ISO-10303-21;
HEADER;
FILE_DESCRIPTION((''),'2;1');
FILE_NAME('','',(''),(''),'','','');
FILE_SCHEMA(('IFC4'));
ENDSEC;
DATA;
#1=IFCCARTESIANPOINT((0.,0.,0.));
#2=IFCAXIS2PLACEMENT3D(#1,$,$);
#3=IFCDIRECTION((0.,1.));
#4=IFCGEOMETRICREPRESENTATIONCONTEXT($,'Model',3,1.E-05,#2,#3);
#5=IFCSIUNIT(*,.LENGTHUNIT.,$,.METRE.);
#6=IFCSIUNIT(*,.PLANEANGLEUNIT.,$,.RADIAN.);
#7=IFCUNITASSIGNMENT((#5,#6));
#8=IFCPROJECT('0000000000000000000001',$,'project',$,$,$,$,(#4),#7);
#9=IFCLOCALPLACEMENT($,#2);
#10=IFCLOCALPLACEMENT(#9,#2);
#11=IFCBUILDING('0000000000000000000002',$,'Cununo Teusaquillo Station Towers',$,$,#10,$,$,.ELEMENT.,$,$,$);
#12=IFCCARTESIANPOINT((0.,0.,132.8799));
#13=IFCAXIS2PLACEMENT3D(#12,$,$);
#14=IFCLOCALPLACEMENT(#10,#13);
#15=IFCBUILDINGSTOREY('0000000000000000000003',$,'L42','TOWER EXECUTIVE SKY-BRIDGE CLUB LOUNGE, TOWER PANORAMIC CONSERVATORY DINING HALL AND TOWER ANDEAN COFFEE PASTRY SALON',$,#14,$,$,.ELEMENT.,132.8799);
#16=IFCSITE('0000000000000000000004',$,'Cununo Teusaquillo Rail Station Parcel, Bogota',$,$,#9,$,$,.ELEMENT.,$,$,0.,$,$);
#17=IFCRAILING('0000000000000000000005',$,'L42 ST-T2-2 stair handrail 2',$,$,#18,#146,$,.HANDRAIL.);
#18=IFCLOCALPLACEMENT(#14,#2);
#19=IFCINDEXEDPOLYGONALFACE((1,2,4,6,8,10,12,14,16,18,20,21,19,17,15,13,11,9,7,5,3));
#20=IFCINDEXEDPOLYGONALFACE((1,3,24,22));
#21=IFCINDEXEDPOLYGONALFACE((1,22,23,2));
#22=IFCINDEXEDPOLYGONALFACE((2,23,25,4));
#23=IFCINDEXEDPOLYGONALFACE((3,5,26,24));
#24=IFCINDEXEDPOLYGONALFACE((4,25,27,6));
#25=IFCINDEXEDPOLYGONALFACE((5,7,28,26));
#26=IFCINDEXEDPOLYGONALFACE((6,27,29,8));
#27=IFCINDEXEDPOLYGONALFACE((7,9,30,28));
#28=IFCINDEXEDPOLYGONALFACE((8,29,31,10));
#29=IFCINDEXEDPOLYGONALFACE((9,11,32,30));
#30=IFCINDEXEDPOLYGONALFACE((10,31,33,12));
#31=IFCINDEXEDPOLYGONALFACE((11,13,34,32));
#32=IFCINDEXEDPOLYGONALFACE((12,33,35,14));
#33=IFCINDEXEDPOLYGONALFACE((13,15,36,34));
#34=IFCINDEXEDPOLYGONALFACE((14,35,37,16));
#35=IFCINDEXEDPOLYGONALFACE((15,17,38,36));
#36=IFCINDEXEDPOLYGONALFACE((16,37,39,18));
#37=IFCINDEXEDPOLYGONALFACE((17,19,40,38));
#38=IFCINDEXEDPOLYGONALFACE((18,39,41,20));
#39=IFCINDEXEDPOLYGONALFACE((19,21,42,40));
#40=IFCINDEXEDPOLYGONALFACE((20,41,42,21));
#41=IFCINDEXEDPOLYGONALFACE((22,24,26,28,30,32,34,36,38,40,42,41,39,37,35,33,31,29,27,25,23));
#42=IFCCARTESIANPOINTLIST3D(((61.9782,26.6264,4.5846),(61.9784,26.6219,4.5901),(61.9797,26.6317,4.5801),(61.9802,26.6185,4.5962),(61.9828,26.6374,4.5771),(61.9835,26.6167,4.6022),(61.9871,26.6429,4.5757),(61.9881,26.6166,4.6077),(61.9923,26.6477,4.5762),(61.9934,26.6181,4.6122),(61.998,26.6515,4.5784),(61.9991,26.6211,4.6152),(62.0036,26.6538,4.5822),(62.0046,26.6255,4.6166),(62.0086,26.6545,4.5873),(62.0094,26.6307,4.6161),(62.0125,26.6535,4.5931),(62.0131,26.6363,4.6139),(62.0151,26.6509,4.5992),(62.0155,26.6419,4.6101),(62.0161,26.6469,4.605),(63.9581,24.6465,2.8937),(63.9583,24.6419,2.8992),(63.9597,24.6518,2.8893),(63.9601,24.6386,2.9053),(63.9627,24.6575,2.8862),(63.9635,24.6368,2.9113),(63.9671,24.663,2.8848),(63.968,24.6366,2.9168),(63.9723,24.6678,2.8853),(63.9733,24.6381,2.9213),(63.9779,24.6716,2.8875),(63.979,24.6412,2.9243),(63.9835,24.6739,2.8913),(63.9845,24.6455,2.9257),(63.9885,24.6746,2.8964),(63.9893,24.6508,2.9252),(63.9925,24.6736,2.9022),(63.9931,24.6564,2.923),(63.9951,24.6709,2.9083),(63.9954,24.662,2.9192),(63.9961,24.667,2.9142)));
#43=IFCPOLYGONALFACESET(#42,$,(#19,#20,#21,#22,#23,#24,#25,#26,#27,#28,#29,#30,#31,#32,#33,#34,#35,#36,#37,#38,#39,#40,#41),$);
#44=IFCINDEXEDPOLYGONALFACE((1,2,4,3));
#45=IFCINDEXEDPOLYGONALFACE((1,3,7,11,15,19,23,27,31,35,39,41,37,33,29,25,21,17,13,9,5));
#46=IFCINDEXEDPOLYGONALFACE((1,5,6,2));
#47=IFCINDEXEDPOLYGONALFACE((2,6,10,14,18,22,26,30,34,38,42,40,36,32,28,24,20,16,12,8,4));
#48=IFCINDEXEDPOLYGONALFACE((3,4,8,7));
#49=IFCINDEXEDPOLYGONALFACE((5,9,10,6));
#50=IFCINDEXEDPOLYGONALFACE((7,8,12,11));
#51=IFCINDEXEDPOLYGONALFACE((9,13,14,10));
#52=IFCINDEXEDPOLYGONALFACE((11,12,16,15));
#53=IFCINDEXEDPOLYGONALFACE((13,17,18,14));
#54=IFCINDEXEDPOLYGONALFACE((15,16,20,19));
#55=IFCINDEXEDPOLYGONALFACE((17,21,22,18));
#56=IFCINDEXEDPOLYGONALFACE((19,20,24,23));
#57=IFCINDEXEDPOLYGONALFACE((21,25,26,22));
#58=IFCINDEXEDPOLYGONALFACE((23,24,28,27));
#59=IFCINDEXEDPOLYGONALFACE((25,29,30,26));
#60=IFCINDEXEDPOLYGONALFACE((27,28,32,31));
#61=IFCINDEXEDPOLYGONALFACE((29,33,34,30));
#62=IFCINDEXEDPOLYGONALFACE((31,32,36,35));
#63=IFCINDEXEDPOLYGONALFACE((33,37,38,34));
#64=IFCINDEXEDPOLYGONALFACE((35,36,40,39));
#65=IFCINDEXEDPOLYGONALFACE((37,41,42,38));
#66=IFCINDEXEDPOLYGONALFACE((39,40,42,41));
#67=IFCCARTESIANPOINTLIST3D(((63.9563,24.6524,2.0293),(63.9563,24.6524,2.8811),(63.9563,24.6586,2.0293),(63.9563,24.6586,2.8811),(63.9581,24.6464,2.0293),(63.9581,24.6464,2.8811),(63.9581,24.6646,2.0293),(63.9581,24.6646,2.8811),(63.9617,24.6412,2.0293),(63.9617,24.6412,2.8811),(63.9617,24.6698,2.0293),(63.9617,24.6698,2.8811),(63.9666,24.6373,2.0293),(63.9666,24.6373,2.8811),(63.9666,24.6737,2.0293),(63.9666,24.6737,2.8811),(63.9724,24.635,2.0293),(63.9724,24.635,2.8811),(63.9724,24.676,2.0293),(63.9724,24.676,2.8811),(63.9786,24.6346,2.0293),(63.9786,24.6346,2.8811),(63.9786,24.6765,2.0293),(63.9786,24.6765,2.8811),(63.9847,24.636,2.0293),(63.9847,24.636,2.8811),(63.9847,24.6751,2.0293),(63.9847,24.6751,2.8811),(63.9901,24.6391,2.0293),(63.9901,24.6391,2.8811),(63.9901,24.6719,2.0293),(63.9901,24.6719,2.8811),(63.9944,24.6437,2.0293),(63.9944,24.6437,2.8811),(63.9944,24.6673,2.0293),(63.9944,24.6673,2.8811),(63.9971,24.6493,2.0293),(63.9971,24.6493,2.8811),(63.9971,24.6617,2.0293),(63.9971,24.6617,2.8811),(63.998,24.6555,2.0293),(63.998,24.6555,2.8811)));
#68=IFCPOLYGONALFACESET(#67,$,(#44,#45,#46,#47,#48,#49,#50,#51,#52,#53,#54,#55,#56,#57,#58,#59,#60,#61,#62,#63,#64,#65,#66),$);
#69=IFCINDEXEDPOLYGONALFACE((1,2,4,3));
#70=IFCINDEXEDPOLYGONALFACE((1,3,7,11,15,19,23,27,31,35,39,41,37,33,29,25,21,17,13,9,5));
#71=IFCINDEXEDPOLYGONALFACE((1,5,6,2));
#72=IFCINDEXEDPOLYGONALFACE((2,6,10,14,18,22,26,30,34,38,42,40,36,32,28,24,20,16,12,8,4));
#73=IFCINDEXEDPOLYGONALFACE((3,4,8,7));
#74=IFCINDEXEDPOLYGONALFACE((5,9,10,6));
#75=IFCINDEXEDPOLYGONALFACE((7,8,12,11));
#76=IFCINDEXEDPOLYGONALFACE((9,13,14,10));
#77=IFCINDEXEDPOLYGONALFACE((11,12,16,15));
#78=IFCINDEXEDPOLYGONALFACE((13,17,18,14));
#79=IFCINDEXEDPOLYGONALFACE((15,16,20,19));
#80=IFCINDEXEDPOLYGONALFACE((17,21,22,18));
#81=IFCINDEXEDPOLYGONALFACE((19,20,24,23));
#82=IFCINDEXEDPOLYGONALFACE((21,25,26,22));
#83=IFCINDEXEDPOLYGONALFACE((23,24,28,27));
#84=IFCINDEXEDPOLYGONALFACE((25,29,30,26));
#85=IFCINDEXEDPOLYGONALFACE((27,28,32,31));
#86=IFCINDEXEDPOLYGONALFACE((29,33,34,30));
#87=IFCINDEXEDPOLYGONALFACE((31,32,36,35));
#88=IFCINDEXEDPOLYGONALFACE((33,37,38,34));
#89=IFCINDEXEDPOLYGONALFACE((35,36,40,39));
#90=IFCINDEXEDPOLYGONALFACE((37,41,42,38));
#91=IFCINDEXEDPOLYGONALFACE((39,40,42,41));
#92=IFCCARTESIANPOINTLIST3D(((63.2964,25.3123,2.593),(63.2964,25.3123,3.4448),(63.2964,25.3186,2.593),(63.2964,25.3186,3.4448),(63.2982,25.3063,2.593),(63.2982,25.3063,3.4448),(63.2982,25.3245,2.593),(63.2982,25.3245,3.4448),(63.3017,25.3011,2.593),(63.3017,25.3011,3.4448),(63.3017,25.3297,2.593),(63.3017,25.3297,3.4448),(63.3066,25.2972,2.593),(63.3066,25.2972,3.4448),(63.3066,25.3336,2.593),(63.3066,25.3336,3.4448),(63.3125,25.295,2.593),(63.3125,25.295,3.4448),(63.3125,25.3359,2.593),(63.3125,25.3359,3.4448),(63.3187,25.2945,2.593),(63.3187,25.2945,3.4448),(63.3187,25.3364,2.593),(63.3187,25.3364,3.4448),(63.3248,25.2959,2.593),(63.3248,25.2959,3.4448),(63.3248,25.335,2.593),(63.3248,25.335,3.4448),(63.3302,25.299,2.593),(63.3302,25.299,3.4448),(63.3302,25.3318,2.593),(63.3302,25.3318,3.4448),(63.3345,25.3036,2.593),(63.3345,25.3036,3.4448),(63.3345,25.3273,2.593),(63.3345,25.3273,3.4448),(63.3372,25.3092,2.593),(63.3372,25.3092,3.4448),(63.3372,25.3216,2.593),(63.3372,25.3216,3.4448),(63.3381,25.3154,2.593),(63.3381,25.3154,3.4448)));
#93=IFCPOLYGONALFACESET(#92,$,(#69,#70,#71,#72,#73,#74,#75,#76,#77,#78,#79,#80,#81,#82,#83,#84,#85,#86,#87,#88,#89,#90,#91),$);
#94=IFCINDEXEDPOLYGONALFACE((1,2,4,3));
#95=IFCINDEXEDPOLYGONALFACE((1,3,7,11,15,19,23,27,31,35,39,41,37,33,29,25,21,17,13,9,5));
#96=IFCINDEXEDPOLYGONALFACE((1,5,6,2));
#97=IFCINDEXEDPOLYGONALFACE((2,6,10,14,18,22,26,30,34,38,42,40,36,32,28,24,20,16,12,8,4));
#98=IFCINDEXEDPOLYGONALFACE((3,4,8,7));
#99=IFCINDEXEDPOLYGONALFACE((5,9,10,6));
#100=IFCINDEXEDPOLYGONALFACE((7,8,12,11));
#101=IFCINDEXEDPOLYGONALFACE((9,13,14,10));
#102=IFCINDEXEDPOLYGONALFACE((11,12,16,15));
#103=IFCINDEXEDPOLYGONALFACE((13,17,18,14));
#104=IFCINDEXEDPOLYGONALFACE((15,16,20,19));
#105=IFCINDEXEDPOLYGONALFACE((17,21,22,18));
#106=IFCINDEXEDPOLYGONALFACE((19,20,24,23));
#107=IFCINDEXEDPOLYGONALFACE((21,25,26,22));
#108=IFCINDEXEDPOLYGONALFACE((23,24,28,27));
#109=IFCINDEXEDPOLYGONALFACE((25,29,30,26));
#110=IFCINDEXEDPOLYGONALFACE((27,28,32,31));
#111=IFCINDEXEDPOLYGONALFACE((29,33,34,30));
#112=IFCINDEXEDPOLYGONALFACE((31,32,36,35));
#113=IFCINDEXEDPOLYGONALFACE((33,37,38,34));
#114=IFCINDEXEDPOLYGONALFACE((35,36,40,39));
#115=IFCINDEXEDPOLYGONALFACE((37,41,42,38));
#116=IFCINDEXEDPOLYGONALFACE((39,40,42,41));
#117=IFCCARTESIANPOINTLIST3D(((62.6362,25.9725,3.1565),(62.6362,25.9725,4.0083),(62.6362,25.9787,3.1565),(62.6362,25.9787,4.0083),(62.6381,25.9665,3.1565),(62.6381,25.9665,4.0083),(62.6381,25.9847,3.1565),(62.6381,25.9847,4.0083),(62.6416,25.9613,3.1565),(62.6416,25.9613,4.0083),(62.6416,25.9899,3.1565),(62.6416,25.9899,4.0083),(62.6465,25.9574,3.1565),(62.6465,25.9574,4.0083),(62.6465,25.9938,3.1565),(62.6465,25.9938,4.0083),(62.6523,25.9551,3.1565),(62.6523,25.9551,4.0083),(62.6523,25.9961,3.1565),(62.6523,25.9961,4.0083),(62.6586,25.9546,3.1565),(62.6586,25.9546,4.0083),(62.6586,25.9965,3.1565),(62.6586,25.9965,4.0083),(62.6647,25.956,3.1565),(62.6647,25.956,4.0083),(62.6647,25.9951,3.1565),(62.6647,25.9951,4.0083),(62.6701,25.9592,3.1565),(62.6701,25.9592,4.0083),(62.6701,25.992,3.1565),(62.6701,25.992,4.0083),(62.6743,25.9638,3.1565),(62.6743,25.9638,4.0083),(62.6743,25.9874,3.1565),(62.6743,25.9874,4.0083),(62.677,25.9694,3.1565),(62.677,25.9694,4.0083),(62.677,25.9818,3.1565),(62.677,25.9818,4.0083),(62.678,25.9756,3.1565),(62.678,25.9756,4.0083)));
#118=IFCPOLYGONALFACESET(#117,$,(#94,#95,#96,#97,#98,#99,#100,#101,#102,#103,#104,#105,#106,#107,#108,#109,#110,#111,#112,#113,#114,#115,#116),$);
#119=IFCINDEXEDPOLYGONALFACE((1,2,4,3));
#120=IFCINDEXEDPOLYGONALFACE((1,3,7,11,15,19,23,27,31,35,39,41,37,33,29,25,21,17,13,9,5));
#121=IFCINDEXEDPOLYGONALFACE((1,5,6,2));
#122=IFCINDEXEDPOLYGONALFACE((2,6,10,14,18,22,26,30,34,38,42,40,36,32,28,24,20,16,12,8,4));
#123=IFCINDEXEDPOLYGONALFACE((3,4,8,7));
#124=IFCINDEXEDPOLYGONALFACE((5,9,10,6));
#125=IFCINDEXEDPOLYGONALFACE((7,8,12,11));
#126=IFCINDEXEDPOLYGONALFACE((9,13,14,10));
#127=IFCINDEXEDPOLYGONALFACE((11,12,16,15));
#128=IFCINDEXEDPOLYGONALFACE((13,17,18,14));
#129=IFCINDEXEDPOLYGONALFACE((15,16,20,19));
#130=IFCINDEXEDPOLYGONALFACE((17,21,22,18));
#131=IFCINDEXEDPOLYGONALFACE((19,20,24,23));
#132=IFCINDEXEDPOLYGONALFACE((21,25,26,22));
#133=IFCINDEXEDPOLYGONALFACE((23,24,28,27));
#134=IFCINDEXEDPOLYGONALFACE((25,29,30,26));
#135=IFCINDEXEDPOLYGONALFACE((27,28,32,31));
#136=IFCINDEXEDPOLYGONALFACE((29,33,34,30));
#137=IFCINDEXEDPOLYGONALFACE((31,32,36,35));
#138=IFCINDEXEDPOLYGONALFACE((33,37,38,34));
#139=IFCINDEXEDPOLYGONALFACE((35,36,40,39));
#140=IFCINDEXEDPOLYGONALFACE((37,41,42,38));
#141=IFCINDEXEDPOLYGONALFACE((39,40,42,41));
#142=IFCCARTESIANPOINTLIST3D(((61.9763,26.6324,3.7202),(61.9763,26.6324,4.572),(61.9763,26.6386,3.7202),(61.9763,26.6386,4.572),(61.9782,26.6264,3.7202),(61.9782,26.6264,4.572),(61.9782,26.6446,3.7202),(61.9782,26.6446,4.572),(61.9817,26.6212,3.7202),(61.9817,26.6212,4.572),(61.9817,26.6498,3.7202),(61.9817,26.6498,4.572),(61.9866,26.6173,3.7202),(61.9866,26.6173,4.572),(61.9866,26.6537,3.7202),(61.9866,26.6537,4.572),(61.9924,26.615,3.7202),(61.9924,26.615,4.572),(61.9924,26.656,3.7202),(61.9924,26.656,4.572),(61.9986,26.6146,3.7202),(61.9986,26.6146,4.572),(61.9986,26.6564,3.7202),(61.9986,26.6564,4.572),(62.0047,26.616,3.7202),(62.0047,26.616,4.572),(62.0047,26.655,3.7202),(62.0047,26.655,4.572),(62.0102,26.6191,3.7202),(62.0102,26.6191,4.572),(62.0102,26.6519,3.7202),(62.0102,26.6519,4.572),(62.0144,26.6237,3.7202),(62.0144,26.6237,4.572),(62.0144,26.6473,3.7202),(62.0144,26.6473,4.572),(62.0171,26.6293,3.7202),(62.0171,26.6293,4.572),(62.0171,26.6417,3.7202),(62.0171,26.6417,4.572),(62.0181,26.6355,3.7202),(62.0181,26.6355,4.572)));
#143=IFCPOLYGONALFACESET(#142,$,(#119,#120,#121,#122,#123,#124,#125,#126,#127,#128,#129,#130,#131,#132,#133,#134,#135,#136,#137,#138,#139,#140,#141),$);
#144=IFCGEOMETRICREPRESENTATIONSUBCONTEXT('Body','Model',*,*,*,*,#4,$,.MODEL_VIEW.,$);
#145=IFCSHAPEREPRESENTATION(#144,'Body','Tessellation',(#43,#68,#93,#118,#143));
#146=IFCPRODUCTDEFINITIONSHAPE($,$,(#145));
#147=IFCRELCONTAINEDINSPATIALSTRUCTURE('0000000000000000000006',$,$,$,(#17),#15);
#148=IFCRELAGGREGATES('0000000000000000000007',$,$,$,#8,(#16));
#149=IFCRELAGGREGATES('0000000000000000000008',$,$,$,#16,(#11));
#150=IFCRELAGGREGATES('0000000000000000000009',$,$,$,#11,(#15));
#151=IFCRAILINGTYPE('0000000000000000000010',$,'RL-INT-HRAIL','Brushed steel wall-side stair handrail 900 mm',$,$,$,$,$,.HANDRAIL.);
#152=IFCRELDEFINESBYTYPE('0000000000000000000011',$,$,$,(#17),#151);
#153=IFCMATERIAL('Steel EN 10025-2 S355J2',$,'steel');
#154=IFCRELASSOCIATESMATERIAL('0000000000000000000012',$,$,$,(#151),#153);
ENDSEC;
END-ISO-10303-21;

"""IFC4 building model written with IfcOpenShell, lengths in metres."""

from ifc_helpers import new_model, si_unit, direction, frame, origin, origin_2d, place, context, subcontext, project, spatial, circle, extrude, material, type_object, element, save


model = new_model("IFC4")

# Units and contexts
model_context = context("Model", 3, precision=1e-05, world=origin(), true_north=direction((0.0, 1.0)))
body_context = subcontext(model_context, "Body", "Model", "MODEL_VIEW")
ifc_project = project(units=[si_unit("LENGTHUNIT", "METRE"), si_unit("PLANEANGLEUNIT", "RADIAN")], contexts=[model_context])

# Site, building, storey
site_placement = place(None, origin())
site = spatial("IfcSite", under=ifc_project, at=site_placement, Name="Cununo Teusaquillo Rail Station Parcel, Bogota", CompositionType="ELEMENT", RefElevation=0.0)
building_placement = place(site_placement, origin())
building = spatial("IfcBuilding", under=site, at=building_placement, Name="Cununo Teusaquillo Station Towers", CompositionType="ELEMENT")
storey_placement = place(building_placement, frame((0.0, 0.0, 132.8799)))
storey = spatial("IfcBuildingStorey", under=building, at=storey_placement, Name="L42", Description="TOWER EXECUTIVE SKY-BRIDGE CLUB LOUNGE, TOWER PANORAMIC CONSERVATORY DINING HALL AND TOWER ANDEAN COFFEE PASTRY SALON", CompositionType="ELEMENT", Elevation=132.8799)

# Railing
ifc_material_1 = material(Name="Steel EN 10025-2 S355J2", Category="steel")
railing_type_1 = type_object("IfcRailingType", Name="RL-INT-HRAIL", Description="Brushed steel wall-side stair handrail 900 mm", PredefinedType="HANDRAIL", material=ifc_material_1)
railing_1_placement = place(storey_placement, frame((63.9771, 24.6555, 2.0293)))
element("IfcRailing", 1, at=railing_1_placement, inside=storey, type_object=railing_type_1, Name="L42 ST-T2-2 stair handrail 2", PredefinedType="HANDRAIL", context=body_context, shape_type="SweptSolid", body=[
    extrude(circle(Radius=0.0239, at=origin_2d()), frame((0.0, 0.0, 0.876), z_axis=(-0.605302, 0.605302, 0.516932), x_axis=(-0.707107, -0.707107, 0.0)), (0.0, 0.0, 1.0), 3.271),
    extrude(circle(Radius=0.021, at=origin_2d()), origin(), (0.0, 0.0, 1.0), 0.8518),
    extrude(circle(Radius=0.021, at=origin_2d()), frame((-0.6599, 0.6599, 0.5637)), (0.0, 0.0, 1.0), 0.8518),
    extrude(circle(Radius=0.021, at=origin_2d()), frame((-1.3201, 1.3201, 1.1272)), (0.0, 0.0, 1.0), 0.8518),
    extrude(circle(Radius=0.021, at=origin_2d()), frame((-1.98, 1.98, 1.6909)), (0.0, 0.0, 1.0), 0.8518),
])

save(model, "model.ifc")
